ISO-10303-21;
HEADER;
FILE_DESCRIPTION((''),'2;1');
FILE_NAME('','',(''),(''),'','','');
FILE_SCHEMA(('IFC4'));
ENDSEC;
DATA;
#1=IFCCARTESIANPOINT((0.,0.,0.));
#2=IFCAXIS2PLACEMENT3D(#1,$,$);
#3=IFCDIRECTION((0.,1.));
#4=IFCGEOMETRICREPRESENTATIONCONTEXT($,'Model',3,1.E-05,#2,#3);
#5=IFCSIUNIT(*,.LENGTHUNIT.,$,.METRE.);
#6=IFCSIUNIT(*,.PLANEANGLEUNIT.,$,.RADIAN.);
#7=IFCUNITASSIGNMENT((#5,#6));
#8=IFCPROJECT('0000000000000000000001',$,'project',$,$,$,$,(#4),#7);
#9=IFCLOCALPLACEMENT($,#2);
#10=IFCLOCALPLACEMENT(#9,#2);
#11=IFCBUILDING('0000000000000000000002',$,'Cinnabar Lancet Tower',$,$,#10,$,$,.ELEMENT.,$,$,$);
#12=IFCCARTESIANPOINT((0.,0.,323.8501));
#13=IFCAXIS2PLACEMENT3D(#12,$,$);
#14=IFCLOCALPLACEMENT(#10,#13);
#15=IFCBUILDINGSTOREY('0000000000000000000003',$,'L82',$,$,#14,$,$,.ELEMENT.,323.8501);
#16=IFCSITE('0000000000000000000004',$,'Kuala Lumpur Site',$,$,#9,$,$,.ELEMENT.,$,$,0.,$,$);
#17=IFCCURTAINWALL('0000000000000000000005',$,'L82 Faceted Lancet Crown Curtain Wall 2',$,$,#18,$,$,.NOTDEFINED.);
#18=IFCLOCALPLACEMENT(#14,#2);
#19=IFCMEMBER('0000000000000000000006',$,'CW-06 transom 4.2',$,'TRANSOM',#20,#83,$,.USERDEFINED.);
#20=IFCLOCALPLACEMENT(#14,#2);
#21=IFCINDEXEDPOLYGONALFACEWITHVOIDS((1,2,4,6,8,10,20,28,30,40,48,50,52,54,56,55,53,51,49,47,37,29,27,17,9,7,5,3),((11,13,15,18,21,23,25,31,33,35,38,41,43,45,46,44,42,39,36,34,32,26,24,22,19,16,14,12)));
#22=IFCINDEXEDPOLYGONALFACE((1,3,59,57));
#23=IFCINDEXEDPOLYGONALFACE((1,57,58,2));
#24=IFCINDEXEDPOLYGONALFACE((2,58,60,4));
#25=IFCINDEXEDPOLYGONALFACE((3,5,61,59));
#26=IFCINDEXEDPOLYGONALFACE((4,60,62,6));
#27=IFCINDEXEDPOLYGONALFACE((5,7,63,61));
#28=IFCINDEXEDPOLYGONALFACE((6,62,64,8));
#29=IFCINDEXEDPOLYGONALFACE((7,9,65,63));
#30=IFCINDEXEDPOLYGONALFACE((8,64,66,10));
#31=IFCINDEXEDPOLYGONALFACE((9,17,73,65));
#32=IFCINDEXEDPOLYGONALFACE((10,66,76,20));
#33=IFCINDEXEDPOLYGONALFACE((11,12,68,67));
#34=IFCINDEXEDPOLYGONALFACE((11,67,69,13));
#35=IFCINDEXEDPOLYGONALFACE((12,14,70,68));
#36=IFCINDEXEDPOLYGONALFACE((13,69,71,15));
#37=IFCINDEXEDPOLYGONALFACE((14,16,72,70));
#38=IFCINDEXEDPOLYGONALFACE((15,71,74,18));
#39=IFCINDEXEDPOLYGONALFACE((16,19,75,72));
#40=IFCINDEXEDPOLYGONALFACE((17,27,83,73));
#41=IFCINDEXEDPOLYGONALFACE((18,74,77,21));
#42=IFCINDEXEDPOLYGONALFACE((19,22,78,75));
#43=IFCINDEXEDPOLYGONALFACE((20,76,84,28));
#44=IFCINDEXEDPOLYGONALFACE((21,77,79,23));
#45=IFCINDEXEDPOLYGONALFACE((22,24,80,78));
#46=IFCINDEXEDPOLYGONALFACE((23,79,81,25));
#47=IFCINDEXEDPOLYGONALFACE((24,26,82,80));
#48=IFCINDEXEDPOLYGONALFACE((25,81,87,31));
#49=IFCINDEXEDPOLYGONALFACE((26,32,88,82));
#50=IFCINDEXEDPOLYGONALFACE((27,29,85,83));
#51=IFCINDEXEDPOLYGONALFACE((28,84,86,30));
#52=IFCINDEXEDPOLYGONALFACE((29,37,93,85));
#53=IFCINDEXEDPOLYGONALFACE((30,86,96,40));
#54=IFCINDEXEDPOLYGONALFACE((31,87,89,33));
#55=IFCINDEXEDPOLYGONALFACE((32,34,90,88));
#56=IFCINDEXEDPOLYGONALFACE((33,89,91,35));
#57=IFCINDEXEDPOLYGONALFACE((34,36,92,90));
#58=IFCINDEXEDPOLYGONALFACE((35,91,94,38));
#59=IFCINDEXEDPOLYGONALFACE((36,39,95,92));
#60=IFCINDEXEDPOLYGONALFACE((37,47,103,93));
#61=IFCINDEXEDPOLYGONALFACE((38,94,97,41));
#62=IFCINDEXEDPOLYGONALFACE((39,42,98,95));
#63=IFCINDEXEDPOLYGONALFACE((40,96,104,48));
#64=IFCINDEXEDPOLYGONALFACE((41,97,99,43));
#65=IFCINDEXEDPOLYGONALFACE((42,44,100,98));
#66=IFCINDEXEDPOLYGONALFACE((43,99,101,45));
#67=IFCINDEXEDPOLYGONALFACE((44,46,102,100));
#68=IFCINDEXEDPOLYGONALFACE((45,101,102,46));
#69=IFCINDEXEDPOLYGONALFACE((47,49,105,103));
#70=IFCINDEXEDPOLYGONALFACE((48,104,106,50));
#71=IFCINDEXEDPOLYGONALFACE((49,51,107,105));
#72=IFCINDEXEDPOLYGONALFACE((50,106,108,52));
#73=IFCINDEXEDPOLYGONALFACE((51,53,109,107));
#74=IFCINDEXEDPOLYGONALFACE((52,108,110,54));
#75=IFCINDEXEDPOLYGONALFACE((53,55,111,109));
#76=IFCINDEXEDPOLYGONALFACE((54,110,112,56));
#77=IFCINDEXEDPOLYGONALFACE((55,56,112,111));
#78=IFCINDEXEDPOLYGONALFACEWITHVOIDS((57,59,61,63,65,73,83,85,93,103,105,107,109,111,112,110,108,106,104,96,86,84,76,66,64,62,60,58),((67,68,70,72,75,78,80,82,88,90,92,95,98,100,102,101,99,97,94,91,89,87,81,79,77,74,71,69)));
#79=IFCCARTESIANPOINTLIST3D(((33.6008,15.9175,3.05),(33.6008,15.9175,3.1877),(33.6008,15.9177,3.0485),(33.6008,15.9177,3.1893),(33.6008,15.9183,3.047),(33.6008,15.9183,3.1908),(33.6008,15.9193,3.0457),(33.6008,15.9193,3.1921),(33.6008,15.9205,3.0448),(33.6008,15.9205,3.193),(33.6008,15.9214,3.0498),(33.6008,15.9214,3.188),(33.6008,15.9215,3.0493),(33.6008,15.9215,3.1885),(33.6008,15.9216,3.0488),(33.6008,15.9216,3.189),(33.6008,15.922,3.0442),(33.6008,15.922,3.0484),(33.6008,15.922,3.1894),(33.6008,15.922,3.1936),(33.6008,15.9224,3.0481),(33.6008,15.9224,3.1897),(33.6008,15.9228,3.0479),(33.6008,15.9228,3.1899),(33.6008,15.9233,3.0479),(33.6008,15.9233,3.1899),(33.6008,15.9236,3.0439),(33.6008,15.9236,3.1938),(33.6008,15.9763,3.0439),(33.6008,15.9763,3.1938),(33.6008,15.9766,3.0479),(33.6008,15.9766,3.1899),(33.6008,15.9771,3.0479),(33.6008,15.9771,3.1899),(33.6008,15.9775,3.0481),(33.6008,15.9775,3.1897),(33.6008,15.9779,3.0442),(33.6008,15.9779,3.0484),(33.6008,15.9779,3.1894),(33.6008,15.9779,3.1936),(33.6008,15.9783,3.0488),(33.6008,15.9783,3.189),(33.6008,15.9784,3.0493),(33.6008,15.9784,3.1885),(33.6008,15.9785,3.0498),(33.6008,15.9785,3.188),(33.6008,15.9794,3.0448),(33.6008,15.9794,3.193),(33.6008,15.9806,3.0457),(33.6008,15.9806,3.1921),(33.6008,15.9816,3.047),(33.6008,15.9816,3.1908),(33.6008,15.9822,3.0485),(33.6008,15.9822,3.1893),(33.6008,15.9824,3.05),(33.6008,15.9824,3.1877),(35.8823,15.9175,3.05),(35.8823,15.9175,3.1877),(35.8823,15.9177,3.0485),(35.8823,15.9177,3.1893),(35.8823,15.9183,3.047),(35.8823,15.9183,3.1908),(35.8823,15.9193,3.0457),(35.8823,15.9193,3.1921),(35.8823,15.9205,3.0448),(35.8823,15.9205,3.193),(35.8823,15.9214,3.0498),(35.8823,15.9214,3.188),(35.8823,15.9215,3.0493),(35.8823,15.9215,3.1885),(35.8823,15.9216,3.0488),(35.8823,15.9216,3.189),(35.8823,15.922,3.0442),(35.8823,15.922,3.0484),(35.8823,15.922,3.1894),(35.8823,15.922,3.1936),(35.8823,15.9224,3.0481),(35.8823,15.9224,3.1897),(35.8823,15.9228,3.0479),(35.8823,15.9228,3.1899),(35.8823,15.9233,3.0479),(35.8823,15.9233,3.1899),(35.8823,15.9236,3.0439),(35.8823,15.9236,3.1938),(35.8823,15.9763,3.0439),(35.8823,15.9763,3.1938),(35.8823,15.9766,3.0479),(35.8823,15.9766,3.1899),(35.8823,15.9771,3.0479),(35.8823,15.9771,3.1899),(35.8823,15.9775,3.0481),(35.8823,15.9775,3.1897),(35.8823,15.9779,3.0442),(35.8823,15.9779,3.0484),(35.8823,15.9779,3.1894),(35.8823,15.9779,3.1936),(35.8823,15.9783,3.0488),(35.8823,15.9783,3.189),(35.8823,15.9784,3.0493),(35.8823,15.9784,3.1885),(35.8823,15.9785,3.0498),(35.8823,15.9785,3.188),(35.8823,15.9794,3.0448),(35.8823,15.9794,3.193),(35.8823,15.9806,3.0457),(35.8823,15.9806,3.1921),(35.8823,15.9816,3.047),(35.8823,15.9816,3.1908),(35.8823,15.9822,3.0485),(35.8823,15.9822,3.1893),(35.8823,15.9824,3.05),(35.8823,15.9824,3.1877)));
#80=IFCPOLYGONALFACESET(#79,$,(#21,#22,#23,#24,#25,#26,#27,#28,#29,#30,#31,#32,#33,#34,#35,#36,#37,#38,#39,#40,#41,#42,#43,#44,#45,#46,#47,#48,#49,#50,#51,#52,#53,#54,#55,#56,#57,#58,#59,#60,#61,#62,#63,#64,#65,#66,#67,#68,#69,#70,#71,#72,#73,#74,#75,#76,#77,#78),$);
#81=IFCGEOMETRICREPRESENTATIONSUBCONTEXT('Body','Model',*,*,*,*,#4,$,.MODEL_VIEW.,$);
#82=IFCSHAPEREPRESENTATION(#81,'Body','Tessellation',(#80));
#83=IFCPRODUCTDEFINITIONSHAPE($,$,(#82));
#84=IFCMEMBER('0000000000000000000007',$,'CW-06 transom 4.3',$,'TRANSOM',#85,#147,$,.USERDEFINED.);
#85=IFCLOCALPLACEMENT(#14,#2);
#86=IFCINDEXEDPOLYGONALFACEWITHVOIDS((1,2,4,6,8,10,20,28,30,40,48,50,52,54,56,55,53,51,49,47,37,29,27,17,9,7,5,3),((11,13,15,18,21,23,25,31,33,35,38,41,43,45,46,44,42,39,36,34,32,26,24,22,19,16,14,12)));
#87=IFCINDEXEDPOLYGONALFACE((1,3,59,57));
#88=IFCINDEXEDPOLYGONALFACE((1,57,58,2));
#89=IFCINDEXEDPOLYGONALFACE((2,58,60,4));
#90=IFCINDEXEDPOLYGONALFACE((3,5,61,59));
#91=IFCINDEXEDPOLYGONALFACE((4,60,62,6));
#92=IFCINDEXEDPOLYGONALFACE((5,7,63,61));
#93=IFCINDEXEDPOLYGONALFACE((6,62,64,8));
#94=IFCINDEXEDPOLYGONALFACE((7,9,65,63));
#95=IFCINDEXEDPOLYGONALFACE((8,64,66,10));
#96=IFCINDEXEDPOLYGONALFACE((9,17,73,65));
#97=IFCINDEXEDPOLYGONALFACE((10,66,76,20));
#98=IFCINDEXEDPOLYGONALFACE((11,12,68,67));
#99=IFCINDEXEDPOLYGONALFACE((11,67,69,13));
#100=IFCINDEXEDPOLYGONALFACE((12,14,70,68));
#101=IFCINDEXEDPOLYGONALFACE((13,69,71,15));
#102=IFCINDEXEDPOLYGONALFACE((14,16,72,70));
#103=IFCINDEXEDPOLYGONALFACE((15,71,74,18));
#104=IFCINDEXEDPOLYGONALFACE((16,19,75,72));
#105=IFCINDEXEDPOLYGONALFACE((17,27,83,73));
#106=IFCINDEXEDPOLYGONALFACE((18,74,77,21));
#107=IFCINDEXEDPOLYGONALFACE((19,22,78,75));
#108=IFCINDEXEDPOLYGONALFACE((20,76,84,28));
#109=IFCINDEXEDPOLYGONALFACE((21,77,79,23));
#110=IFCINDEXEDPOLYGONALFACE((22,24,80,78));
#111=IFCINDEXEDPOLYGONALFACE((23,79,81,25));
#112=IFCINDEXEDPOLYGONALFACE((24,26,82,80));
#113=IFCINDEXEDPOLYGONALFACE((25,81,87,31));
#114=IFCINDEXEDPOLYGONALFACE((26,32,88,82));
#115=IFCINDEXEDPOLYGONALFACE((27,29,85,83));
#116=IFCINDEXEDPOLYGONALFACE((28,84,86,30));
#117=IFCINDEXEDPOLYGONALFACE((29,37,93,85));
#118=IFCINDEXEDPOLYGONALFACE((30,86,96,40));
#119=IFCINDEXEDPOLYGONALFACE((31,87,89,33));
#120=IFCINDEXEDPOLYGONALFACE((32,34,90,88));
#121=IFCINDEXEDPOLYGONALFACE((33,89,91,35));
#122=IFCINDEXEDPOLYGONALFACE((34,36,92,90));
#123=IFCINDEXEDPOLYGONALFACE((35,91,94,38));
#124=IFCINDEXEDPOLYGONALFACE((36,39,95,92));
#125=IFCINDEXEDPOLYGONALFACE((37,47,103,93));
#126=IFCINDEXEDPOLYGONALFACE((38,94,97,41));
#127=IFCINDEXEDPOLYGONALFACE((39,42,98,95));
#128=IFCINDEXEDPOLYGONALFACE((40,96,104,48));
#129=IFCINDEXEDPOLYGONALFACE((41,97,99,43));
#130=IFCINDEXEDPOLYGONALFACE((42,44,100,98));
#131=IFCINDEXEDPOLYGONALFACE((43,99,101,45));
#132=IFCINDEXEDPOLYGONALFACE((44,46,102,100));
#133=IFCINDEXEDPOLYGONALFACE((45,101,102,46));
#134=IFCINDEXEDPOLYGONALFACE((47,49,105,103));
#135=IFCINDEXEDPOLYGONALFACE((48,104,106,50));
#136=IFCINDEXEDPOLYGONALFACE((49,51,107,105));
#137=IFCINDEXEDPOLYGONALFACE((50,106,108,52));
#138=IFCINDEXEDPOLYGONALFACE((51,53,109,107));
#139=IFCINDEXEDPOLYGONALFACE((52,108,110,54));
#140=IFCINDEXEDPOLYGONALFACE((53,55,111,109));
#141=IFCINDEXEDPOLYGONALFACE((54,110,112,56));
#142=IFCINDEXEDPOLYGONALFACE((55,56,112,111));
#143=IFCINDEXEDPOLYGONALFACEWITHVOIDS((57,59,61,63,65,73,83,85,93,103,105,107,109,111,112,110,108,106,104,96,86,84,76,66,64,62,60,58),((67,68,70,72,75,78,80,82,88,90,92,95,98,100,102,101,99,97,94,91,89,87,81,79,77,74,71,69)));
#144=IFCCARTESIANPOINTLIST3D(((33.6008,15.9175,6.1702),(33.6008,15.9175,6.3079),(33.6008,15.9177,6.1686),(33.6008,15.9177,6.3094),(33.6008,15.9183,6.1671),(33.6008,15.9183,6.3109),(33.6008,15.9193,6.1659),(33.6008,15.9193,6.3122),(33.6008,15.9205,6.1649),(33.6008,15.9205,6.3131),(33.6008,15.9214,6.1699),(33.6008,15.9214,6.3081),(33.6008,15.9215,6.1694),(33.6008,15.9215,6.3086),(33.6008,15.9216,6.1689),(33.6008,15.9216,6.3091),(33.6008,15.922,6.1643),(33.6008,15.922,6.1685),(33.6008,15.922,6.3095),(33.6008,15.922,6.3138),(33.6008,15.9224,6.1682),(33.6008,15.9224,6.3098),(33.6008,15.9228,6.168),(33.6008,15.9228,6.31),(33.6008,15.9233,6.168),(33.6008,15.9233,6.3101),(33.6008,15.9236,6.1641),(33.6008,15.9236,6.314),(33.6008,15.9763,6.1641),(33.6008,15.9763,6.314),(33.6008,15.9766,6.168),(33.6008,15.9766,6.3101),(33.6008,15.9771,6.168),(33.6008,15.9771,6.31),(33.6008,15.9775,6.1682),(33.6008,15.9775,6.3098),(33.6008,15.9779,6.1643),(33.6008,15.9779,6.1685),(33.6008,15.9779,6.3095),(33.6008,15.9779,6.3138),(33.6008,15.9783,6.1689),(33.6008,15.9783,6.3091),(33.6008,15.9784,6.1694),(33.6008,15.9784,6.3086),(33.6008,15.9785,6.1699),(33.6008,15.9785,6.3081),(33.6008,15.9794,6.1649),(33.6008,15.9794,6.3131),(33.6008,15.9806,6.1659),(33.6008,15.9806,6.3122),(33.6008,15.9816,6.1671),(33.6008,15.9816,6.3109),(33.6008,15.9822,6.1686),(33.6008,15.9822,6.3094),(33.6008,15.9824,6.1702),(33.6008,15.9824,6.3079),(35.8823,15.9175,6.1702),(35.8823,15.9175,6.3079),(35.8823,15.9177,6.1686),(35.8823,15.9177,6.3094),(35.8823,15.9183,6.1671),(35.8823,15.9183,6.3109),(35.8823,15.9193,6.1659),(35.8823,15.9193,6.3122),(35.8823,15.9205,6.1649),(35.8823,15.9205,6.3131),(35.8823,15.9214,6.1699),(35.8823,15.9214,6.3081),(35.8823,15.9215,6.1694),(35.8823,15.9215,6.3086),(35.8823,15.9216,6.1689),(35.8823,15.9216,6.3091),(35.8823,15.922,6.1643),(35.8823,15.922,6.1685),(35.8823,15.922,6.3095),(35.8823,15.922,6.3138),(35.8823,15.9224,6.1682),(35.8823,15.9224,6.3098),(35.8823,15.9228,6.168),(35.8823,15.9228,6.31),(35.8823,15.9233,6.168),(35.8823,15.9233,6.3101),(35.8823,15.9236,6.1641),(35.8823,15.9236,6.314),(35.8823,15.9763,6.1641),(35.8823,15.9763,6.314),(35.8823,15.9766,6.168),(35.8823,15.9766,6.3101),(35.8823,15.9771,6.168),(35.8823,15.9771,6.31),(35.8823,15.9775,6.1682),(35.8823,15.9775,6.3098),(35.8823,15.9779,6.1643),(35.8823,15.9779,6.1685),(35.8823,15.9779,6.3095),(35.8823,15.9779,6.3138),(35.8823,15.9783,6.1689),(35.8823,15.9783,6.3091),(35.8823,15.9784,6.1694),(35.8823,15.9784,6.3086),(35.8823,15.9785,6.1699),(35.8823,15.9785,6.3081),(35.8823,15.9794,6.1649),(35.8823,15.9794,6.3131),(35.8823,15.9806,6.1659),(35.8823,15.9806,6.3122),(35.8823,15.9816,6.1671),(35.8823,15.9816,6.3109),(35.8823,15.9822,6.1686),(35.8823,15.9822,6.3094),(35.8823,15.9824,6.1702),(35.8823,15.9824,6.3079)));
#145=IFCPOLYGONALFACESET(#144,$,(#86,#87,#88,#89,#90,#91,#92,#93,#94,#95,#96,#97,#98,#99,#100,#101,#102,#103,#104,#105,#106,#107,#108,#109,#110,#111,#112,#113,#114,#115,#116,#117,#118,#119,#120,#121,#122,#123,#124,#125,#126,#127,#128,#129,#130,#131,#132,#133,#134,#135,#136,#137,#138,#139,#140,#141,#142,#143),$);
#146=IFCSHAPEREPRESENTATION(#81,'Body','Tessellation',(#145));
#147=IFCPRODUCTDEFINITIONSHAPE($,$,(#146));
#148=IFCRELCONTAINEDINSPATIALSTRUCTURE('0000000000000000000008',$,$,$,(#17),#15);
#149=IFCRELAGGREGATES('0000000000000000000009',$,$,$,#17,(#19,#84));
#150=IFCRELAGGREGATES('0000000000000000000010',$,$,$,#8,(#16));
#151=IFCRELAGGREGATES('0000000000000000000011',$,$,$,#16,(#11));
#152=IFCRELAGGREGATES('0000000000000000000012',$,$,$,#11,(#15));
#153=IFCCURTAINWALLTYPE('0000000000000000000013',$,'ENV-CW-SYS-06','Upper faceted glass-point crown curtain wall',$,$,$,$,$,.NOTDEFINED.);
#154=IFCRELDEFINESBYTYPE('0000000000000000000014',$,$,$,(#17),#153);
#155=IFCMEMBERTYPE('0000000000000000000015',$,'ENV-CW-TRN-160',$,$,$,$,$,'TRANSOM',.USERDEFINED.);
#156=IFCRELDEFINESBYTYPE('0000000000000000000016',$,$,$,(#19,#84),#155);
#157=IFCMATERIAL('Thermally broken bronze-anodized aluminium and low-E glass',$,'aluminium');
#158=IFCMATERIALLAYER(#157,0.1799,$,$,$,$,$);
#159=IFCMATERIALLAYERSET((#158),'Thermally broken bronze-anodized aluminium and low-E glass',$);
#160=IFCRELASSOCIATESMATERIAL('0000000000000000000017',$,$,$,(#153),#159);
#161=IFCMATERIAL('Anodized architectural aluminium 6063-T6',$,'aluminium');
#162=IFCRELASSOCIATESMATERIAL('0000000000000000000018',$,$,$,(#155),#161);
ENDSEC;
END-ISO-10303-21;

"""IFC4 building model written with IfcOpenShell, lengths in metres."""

from ifc_helpers import new_model, si_unit, direction, frame, origin, origin_2d, place, context, subcontext, project, spatial, hollow_rectangle, extrude, material, layer, layer_set, material_profile, profile_set, type_object, element, aggregate, save


model = new_model("IFC4")

# Units and contexts
model_context = context("Model", 3, precision=1e-05, world=origin(), true_north=direction((0.0, 1.0)))
body_context = subcontext(model_context, "Body", "Model", "MODEL_VIEW")
ifc_project = project(units=[si_unit("LENGTHUNIT", "METRE"), si_unit("PLANEANGLEUNIT", "RADIAN")], contexts=[model_context])

# Site, building, storey
site_placement = place(None, origin())
site = spatial("IfcSite", under=ifc_project, at=site_placement, Name="Kuala Lumpur Site", CompositionType="ELEMENT", RefElevation=0.0)
building_placement = place(site_placement, origin())
building = spatial("IfcBuilding", under=site, at=building_placement, Name="Cinnabar Lancet Tower", CompositionType="ELEMENT")
storey_placement = place(building_placement, frame((0.0, 0.0, 323.8501)))
storey = spatial("IfcBuildingStorey", under=building, at=storey_placement, Name="L82", CompositionType="ELEMENT", Elevation=323.8501)

# Curtain wall
ifc_material_1 = material(Name="Thermally broken bronze-anodized aluminium and low-E glass", Category="aluminium")
ifc_layer_1 = layer(ifc_material_1, 0.1799)
ifc_layer_set_1 = layer_set([ifc_layer_1], Name="Thermally broken bronze-anodized aluminium and low-E glass")
curtain_wall_type = type_object("IfcCurtainWallType", Name="ENV-CW-SYS-06", Description="Upper faceted glass-point crown curtain wall", PredefinedType="NOTDEFINED", material=ifc_layer_set_1)
curtain_wall_1_placement = place(storey_placement, origin())
curtain_wall_1 = element("IfcCurtainWall", 1, at=curtain_wall_1_placement, inside=storey, type_object=curtain_wall_type, Name="L82 Faceted Lancet Crown Curtain Wall 2", PredefinedType="NOTDEFINED")

# Members
ifc_material_2 = material(Name="Anodized architectural aluminium 6063-T6", Category="aluminium")
ifc_material_profile_1 = material_profile(ifc_material_2, hollow_rectangle(XDim=0.0649, YDim=0.1499, WallThickness=0.0039, InnerFilletRadius=0.002, OuterFilletRadius=0.0061, at=origin_2d()), Name="CW-TRN 150x65x4")
ifc_profile_set_1 = profile_set([ifc_material_profile_1], Name="Anodized architectural aluminium 6063-T6")
member_type_1 = type_object("IfcMemberType", Name="ENV-CW-TRN-160", ElementType="TRANSOM", PredefinedType="USERDEFINED", material=ifc_profile_set_1)
member_1_placement = place(storey_placement, frame((33.6008, 15.95, 3.1189), z_axis=(1.0, 0.0, 0.0), x_axis=(0.0, 1.0, 0.0)))
member_1 = element("IfcMember", 2, at=member_1_placement, type_object=member_type_1, Name="CW-06 transom 4.2", ObjectType="TRANSOM", PredefinedType="USERDEFINED", context=body_context, shape_type="SweptSolid", body=[
    extrude(hollow_rectangle(XDim=0.0649, YDim=0.1499, WallThickness=0.0039, InnerFilletRadius=0.002, OuterFilletRadius=0.0061, at=origin_2d()), origin(), (0.0, 0.0, 1.0), 2.2815),
])
member_2_placement = place(storey_placement, frame((33.6008, 15.95, 6.239), z_axis=(1.0, 0.0, 0.0), x_axis=(0.0, 1.0, 0.0)))
member_2 = element("IfcMember", 3, at=member_2_placement, type_object=member_type_1, Name="CW-06 transom 4.3", ObjectType="TRANSOM", PredefinedType="USERDEFINED", context=body_context, shape_type="SweptSolid", body=[
    extrude(hollow_rectangle(XDim=0.0649, YDim=0.1499, WallThickness=0.0039, InnerFilletRadius=0.002, OuterFilletRadius=0.0061, at=origin_2d()), origin(), (0.0, 0.0, 1.0), 2.2815),
])

aggregate(curtain_wall_1, [member_1, member_2])

save(model, "model.ifc")
